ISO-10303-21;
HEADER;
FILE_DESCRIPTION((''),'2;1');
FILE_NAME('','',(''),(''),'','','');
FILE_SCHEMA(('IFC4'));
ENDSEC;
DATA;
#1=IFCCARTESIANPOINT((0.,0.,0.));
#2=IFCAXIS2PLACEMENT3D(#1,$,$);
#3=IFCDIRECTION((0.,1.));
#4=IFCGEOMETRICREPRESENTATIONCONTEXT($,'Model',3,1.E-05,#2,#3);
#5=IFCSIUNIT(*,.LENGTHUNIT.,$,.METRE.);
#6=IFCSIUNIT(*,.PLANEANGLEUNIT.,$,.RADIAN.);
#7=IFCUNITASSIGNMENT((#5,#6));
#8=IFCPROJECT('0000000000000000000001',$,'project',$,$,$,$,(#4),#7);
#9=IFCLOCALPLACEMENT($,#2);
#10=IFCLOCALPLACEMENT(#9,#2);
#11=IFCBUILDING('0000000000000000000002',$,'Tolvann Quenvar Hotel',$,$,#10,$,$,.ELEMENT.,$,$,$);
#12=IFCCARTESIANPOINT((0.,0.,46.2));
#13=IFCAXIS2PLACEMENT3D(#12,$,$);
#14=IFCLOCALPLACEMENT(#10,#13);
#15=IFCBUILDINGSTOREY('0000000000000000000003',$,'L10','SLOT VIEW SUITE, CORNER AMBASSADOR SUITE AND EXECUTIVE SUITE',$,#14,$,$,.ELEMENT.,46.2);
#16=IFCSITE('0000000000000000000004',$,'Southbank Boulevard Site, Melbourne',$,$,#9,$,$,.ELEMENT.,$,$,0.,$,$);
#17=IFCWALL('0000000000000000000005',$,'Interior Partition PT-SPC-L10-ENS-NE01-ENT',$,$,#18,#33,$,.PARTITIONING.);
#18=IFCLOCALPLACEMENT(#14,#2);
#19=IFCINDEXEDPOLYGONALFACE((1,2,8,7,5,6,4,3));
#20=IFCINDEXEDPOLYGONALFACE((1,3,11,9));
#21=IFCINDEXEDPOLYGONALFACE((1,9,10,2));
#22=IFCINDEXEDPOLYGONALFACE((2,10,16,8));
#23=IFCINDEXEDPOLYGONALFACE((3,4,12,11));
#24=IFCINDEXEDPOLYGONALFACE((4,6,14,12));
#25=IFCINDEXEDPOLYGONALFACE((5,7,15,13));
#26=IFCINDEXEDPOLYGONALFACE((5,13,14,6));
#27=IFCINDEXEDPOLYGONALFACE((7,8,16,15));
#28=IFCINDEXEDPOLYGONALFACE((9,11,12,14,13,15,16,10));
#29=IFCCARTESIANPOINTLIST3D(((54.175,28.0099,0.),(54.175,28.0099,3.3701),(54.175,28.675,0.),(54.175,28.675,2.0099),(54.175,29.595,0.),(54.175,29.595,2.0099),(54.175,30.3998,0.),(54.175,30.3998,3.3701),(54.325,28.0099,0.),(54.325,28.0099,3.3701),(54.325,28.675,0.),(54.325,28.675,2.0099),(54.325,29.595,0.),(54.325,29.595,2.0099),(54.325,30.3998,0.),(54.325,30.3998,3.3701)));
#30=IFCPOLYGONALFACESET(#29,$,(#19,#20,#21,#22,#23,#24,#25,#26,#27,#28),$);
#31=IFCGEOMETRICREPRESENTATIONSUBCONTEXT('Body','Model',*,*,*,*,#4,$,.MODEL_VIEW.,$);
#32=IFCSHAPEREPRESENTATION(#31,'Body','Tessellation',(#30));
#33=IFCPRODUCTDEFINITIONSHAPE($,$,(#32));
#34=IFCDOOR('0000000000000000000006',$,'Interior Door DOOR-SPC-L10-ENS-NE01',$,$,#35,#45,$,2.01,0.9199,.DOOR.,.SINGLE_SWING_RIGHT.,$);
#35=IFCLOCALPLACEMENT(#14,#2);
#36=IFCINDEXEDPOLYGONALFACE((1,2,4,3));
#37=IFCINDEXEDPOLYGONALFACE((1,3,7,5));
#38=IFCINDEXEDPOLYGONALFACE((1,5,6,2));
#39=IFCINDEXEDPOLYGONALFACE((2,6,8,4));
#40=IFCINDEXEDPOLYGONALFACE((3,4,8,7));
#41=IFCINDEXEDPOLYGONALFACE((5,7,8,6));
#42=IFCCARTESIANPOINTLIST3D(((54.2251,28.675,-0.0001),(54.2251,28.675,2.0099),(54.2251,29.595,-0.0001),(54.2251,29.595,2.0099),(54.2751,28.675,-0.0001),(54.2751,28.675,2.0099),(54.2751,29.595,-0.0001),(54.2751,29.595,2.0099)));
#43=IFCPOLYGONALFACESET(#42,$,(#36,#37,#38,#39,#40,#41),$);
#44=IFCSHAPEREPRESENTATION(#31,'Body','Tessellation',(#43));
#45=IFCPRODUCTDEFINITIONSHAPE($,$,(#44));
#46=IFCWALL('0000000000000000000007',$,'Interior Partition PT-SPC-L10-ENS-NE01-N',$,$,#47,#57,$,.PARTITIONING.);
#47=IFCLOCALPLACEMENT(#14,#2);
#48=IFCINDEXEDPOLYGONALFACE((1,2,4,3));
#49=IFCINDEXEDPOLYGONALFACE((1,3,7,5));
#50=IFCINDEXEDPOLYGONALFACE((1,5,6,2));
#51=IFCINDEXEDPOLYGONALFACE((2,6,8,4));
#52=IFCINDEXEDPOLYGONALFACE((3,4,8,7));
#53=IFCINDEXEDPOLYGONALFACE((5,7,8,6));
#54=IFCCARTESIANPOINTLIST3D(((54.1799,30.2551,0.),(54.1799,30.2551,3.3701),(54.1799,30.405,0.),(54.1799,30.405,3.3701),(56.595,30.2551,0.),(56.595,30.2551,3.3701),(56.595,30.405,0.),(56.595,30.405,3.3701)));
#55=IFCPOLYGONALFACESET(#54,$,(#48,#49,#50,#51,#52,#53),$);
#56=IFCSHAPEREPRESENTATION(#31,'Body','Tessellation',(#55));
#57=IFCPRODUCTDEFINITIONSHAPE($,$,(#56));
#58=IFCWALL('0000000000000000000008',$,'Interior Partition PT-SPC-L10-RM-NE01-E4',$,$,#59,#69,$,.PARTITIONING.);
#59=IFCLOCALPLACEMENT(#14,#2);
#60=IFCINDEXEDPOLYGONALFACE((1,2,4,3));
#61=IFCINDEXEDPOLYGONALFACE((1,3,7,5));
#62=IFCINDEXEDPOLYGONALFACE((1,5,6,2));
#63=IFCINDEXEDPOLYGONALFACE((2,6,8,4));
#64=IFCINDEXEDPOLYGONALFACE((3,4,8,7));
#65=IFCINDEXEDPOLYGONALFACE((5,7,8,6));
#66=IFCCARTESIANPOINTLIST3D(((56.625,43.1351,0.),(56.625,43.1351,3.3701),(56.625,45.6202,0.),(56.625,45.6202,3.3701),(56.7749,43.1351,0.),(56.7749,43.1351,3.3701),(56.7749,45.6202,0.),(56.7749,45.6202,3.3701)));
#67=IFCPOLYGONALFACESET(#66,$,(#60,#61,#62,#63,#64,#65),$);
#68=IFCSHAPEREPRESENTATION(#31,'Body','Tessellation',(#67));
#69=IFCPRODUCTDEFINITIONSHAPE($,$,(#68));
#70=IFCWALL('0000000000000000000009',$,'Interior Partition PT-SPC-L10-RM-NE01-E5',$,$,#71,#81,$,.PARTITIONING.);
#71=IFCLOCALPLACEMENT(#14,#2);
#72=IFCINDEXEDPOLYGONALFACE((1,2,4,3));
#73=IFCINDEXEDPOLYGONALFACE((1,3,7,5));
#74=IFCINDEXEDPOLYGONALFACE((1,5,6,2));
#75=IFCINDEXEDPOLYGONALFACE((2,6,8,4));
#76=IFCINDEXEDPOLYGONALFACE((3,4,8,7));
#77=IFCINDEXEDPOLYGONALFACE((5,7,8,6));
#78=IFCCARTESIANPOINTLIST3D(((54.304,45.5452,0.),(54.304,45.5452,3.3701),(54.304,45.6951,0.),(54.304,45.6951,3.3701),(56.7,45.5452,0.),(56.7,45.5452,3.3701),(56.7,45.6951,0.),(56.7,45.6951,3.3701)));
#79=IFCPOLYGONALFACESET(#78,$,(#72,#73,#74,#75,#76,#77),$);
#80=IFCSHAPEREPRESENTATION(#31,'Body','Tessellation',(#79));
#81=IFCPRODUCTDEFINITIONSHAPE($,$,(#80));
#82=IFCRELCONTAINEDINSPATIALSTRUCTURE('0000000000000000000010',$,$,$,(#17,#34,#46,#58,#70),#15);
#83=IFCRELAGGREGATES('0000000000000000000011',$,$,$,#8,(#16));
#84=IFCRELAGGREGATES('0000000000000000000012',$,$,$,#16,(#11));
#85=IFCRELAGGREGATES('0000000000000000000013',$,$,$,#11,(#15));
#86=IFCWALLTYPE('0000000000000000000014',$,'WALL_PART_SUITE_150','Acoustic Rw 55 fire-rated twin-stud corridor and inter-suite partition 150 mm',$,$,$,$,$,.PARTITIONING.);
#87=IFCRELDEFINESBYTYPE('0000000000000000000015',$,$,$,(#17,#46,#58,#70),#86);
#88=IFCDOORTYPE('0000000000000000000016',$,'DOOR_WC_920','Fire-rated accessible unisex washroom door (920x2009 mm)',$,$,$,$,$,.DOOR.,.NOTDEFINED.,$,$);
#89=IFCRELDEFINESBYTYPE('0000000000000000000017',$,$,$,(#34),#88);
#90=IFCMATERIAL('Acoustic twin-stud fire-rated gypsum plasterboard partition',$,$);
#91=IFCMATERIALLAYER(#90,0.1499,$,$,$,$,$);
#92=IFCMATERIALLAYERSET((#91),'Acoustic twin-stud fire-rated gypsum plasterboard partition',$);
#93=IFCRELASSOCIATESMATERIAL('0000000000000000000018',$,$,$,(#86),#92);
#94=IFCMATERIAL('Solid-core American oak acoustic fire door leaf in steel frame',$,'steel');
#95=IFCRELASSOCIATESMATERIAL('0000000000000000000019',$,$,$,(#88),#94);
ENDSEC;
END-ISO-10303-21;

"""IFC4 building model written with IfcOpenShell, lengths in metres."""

from ifc_helpers import new_model, si_unit, direction, frame, frame_2d, origin, place, context, subcontext, project, spatial, rectangle, extrude, source, transform, mapped, material, layer, layer_set, type_object, type_shapes, element, fill, save


model = new_model("IFC4")

# Units and contexts
model_context = context("Model", 3, precision=1e-05, world=origin(), true_north=direction((0.0, 1.0)))
body_context = subcontext(model_context, "Body", "Model", "MODEL_VIEW")
ifc_project = project(units=[si_unit("LENGTHUNIT", "METRE"), si_unit("PLANEANGLEUNIT", "RADIAN")], contexts=[model_context])

# Site, building, storey
site_placement = place(None, origin())
site = spatial("IfcSite", under=ifc_project, at=site_placement, Name="Southbank Boulevard Site, Melbourne", CompositionType="ELEMENT", RefElevation=0.0)
building_placement = place(site_placement, origin())
building = spatial("IfcBuilding", under=site, at=building_placement, Name="Tolvann Quenvar Hotel", CompositionType="ELEMENT")
storey_placement = place(building_placement, frame((0.0, 0.0, 46.2)))
storey = spatial("IfcBuildingStorey", under=building, at=storey_placement, Name="L10", Description="SLOT VIEW SUITE, CORNER AMBASSADOR SUITE AND EXECUTIVE SUITE", CompositionType="ELEMENT", Elevation=46.2)

# Wall, opening, door
ifc_material_1 = material(Name="Acoustic twin-stud fire-rated gypsum plasterboard partition")
ifc_layer_1 = layer(ifc_material_1, 0.1499)
ifc_layer_set_1 = layer_set([ifc_layer_1], Name="Acoustic twin-stud fire-rated gypsum plasterboard partition")
wall_type_1 = type_object("IfcWallType", Name="WALL_PART_SUITE_150", Description="Acoustic Rw 55 fire-rated twin-stud corridor and inter-suite partition 150 mm", PredefinedType="PARTITIONING", material=ifc_layer_set_1)
wall_1_placement = place(storey_placement, frame((54.25, 28.01, 0.0), z_axis=(0.0, 0.0, 1.0), x_axis=(0.0, 1.0, 0.0)))
wall_1 = element("IfcWall", 1, at=wall_1_placement, inside=storey, type_object=wall_type_1, Name="Interior Partition PT-SPC-L10-ENS-NE01-ENT", PredefinedType="PARTITIONING", context=body_context, shape_type="SweptSolid", body=[
    extrude(rectangle(XDim=2.3899, YDim=0.1499, at=frame_2d((1.1948, 0.0))), origin(), (0.0, 0.0, 1.0), 3.3701),
])
opening_1_placement = place(wall_1_placement, frame((0.665, 0.0, 0.0)))
opening_1 = element("IfcOpeningElement", 2, at=opening_1_placement, cuts=wall_1, PredefinedType="OPENING", context=body_context, shape_type="SweptSolid", body=[
    extrude(rectangle(XDim=0.9199, YDim=2.01, at=frame_2d((0.46, 1.0049))), frame((0.0, 0.085, 0.0), z_axis=(0.0, -1.0, 0.0), x_axis=(1.0, 0.0, 0.0)), (0.0, 0.0, 1.0), 0.1699),
])
ifc_material_2 = material(Name="Solid-core American oak acoustic fire door leaf in steel frame", Category="steel")
door_type = type_object("IfcDoorType", Name="DOOR_WC_920", Description="Fire-rated accessible unisex washroom door (920x2009 mm)", OperationType="NOTDEFINED", PredefinedType="DOOR", material=ifc_material_2)
shared_shape_1 = source(origin(), body_context, "Body", "SweptSolid", [
    extrude(rectangle(XDim=0.9199, YDim=2.01, at=frame_2d((0.46, 1.0049))), frame((0.0, 0.0249, 0.0), z_axis=(0.0, -1.0, 0.0), x_axis=(1.0, 0.0, 0.0)), (0.0, 0.0, 1.0), 0.05),
])
type_shapes(door_type, [shared_shape_1])
door_placement = place(opening_1_placement, origin())
door = element("IfcDoor", 3, at=door_placement, inside=storey, type_object=door_type, Name="Interior Door DOOR-SPC-L10-ENS-NE01", OperationType="SINGLE_SWING_RIGHT", OverallHeight=2.01, OverallWidth=0.9199, PredefinedType="DOOR", context=body_context, shape_type="MappedRepresentation", body=[
    mapped(shared_shape_1, transform((0.0, 0.0, 0.0), x_axis=(1.0, 0.0, 0.0), y_axis=(0.0, 1.0, 0.0), z_axis=(0.0, 0.0, 1.0), scale=1.0)),
])
fill(opening_1, door)

# Walls
wall_2_placement = place(storey_placement, frame((54.1799, 30.3301, 0.0), z_axis=(0.0, 0.0, 1.0), x_axis=(1.0, 0.0, 0.0)))
element("IfcWall", 4, at=wall_2_placement, inside=storey, type_object=wall_type_1, Name="Interior Partition PT-SPC-L10-ENS-NE01-N", PredefinedType="PARTITIONING", context=body_context, shape_type="SweptSolid", body=[
    extrude(rectangle(XDim=2.415, YDim=0.1499, at=frame_2d((1.2075, 0.0))), origin(), (0.0, 0.0, 1.0), 3.3701),
])
wall_3_placement = place(storey_placement, frame((56.7, 43.135, 0.0), z_axis=(0.0, 0.0, 1.0), x_axis=(0.0, 1.0, 0.0)))
element("IfcWall", 5, at=wall_3_placement, inside=storey, type_object=wall_type_1, Name="Interior Partition PT-SPC-L10-RM-NE01-E4", PredefinedType="PARTITIONING", context=body_context, shape_type="SweptSolid", body=[
    extrude(rectangle(XDim=2.4851, YDim=0.1499, at=frame_2d((1.2427, 0.0))), origin(), (0.0, 0.0, 1.0), 3.3701),
])
wall_4_placement = place(storey_placement, frame((54.304, 45.6201, 0.0), z_axis=(0.0, 0.0, 1.0), x_axis=(1.0, 0.0, 0.0)))
element("IfcWall", 6, at=wall_4_placement, inside=storey, type_object=wall_type_1, Name="Interior Partition PT-SPC-L10-RM-NE01-E5", PredefinedType="PARTITIONING", context=body_context, shape_type="SweptSolid", body=[
    extrude(rectangle(XDim=2.396, YDim=0.1499, at=frame_2d((1.198, 0.0))), origin(), (0.0, 0.0, 1.0), 3.3701),
])

save(model, "model.ifc")
